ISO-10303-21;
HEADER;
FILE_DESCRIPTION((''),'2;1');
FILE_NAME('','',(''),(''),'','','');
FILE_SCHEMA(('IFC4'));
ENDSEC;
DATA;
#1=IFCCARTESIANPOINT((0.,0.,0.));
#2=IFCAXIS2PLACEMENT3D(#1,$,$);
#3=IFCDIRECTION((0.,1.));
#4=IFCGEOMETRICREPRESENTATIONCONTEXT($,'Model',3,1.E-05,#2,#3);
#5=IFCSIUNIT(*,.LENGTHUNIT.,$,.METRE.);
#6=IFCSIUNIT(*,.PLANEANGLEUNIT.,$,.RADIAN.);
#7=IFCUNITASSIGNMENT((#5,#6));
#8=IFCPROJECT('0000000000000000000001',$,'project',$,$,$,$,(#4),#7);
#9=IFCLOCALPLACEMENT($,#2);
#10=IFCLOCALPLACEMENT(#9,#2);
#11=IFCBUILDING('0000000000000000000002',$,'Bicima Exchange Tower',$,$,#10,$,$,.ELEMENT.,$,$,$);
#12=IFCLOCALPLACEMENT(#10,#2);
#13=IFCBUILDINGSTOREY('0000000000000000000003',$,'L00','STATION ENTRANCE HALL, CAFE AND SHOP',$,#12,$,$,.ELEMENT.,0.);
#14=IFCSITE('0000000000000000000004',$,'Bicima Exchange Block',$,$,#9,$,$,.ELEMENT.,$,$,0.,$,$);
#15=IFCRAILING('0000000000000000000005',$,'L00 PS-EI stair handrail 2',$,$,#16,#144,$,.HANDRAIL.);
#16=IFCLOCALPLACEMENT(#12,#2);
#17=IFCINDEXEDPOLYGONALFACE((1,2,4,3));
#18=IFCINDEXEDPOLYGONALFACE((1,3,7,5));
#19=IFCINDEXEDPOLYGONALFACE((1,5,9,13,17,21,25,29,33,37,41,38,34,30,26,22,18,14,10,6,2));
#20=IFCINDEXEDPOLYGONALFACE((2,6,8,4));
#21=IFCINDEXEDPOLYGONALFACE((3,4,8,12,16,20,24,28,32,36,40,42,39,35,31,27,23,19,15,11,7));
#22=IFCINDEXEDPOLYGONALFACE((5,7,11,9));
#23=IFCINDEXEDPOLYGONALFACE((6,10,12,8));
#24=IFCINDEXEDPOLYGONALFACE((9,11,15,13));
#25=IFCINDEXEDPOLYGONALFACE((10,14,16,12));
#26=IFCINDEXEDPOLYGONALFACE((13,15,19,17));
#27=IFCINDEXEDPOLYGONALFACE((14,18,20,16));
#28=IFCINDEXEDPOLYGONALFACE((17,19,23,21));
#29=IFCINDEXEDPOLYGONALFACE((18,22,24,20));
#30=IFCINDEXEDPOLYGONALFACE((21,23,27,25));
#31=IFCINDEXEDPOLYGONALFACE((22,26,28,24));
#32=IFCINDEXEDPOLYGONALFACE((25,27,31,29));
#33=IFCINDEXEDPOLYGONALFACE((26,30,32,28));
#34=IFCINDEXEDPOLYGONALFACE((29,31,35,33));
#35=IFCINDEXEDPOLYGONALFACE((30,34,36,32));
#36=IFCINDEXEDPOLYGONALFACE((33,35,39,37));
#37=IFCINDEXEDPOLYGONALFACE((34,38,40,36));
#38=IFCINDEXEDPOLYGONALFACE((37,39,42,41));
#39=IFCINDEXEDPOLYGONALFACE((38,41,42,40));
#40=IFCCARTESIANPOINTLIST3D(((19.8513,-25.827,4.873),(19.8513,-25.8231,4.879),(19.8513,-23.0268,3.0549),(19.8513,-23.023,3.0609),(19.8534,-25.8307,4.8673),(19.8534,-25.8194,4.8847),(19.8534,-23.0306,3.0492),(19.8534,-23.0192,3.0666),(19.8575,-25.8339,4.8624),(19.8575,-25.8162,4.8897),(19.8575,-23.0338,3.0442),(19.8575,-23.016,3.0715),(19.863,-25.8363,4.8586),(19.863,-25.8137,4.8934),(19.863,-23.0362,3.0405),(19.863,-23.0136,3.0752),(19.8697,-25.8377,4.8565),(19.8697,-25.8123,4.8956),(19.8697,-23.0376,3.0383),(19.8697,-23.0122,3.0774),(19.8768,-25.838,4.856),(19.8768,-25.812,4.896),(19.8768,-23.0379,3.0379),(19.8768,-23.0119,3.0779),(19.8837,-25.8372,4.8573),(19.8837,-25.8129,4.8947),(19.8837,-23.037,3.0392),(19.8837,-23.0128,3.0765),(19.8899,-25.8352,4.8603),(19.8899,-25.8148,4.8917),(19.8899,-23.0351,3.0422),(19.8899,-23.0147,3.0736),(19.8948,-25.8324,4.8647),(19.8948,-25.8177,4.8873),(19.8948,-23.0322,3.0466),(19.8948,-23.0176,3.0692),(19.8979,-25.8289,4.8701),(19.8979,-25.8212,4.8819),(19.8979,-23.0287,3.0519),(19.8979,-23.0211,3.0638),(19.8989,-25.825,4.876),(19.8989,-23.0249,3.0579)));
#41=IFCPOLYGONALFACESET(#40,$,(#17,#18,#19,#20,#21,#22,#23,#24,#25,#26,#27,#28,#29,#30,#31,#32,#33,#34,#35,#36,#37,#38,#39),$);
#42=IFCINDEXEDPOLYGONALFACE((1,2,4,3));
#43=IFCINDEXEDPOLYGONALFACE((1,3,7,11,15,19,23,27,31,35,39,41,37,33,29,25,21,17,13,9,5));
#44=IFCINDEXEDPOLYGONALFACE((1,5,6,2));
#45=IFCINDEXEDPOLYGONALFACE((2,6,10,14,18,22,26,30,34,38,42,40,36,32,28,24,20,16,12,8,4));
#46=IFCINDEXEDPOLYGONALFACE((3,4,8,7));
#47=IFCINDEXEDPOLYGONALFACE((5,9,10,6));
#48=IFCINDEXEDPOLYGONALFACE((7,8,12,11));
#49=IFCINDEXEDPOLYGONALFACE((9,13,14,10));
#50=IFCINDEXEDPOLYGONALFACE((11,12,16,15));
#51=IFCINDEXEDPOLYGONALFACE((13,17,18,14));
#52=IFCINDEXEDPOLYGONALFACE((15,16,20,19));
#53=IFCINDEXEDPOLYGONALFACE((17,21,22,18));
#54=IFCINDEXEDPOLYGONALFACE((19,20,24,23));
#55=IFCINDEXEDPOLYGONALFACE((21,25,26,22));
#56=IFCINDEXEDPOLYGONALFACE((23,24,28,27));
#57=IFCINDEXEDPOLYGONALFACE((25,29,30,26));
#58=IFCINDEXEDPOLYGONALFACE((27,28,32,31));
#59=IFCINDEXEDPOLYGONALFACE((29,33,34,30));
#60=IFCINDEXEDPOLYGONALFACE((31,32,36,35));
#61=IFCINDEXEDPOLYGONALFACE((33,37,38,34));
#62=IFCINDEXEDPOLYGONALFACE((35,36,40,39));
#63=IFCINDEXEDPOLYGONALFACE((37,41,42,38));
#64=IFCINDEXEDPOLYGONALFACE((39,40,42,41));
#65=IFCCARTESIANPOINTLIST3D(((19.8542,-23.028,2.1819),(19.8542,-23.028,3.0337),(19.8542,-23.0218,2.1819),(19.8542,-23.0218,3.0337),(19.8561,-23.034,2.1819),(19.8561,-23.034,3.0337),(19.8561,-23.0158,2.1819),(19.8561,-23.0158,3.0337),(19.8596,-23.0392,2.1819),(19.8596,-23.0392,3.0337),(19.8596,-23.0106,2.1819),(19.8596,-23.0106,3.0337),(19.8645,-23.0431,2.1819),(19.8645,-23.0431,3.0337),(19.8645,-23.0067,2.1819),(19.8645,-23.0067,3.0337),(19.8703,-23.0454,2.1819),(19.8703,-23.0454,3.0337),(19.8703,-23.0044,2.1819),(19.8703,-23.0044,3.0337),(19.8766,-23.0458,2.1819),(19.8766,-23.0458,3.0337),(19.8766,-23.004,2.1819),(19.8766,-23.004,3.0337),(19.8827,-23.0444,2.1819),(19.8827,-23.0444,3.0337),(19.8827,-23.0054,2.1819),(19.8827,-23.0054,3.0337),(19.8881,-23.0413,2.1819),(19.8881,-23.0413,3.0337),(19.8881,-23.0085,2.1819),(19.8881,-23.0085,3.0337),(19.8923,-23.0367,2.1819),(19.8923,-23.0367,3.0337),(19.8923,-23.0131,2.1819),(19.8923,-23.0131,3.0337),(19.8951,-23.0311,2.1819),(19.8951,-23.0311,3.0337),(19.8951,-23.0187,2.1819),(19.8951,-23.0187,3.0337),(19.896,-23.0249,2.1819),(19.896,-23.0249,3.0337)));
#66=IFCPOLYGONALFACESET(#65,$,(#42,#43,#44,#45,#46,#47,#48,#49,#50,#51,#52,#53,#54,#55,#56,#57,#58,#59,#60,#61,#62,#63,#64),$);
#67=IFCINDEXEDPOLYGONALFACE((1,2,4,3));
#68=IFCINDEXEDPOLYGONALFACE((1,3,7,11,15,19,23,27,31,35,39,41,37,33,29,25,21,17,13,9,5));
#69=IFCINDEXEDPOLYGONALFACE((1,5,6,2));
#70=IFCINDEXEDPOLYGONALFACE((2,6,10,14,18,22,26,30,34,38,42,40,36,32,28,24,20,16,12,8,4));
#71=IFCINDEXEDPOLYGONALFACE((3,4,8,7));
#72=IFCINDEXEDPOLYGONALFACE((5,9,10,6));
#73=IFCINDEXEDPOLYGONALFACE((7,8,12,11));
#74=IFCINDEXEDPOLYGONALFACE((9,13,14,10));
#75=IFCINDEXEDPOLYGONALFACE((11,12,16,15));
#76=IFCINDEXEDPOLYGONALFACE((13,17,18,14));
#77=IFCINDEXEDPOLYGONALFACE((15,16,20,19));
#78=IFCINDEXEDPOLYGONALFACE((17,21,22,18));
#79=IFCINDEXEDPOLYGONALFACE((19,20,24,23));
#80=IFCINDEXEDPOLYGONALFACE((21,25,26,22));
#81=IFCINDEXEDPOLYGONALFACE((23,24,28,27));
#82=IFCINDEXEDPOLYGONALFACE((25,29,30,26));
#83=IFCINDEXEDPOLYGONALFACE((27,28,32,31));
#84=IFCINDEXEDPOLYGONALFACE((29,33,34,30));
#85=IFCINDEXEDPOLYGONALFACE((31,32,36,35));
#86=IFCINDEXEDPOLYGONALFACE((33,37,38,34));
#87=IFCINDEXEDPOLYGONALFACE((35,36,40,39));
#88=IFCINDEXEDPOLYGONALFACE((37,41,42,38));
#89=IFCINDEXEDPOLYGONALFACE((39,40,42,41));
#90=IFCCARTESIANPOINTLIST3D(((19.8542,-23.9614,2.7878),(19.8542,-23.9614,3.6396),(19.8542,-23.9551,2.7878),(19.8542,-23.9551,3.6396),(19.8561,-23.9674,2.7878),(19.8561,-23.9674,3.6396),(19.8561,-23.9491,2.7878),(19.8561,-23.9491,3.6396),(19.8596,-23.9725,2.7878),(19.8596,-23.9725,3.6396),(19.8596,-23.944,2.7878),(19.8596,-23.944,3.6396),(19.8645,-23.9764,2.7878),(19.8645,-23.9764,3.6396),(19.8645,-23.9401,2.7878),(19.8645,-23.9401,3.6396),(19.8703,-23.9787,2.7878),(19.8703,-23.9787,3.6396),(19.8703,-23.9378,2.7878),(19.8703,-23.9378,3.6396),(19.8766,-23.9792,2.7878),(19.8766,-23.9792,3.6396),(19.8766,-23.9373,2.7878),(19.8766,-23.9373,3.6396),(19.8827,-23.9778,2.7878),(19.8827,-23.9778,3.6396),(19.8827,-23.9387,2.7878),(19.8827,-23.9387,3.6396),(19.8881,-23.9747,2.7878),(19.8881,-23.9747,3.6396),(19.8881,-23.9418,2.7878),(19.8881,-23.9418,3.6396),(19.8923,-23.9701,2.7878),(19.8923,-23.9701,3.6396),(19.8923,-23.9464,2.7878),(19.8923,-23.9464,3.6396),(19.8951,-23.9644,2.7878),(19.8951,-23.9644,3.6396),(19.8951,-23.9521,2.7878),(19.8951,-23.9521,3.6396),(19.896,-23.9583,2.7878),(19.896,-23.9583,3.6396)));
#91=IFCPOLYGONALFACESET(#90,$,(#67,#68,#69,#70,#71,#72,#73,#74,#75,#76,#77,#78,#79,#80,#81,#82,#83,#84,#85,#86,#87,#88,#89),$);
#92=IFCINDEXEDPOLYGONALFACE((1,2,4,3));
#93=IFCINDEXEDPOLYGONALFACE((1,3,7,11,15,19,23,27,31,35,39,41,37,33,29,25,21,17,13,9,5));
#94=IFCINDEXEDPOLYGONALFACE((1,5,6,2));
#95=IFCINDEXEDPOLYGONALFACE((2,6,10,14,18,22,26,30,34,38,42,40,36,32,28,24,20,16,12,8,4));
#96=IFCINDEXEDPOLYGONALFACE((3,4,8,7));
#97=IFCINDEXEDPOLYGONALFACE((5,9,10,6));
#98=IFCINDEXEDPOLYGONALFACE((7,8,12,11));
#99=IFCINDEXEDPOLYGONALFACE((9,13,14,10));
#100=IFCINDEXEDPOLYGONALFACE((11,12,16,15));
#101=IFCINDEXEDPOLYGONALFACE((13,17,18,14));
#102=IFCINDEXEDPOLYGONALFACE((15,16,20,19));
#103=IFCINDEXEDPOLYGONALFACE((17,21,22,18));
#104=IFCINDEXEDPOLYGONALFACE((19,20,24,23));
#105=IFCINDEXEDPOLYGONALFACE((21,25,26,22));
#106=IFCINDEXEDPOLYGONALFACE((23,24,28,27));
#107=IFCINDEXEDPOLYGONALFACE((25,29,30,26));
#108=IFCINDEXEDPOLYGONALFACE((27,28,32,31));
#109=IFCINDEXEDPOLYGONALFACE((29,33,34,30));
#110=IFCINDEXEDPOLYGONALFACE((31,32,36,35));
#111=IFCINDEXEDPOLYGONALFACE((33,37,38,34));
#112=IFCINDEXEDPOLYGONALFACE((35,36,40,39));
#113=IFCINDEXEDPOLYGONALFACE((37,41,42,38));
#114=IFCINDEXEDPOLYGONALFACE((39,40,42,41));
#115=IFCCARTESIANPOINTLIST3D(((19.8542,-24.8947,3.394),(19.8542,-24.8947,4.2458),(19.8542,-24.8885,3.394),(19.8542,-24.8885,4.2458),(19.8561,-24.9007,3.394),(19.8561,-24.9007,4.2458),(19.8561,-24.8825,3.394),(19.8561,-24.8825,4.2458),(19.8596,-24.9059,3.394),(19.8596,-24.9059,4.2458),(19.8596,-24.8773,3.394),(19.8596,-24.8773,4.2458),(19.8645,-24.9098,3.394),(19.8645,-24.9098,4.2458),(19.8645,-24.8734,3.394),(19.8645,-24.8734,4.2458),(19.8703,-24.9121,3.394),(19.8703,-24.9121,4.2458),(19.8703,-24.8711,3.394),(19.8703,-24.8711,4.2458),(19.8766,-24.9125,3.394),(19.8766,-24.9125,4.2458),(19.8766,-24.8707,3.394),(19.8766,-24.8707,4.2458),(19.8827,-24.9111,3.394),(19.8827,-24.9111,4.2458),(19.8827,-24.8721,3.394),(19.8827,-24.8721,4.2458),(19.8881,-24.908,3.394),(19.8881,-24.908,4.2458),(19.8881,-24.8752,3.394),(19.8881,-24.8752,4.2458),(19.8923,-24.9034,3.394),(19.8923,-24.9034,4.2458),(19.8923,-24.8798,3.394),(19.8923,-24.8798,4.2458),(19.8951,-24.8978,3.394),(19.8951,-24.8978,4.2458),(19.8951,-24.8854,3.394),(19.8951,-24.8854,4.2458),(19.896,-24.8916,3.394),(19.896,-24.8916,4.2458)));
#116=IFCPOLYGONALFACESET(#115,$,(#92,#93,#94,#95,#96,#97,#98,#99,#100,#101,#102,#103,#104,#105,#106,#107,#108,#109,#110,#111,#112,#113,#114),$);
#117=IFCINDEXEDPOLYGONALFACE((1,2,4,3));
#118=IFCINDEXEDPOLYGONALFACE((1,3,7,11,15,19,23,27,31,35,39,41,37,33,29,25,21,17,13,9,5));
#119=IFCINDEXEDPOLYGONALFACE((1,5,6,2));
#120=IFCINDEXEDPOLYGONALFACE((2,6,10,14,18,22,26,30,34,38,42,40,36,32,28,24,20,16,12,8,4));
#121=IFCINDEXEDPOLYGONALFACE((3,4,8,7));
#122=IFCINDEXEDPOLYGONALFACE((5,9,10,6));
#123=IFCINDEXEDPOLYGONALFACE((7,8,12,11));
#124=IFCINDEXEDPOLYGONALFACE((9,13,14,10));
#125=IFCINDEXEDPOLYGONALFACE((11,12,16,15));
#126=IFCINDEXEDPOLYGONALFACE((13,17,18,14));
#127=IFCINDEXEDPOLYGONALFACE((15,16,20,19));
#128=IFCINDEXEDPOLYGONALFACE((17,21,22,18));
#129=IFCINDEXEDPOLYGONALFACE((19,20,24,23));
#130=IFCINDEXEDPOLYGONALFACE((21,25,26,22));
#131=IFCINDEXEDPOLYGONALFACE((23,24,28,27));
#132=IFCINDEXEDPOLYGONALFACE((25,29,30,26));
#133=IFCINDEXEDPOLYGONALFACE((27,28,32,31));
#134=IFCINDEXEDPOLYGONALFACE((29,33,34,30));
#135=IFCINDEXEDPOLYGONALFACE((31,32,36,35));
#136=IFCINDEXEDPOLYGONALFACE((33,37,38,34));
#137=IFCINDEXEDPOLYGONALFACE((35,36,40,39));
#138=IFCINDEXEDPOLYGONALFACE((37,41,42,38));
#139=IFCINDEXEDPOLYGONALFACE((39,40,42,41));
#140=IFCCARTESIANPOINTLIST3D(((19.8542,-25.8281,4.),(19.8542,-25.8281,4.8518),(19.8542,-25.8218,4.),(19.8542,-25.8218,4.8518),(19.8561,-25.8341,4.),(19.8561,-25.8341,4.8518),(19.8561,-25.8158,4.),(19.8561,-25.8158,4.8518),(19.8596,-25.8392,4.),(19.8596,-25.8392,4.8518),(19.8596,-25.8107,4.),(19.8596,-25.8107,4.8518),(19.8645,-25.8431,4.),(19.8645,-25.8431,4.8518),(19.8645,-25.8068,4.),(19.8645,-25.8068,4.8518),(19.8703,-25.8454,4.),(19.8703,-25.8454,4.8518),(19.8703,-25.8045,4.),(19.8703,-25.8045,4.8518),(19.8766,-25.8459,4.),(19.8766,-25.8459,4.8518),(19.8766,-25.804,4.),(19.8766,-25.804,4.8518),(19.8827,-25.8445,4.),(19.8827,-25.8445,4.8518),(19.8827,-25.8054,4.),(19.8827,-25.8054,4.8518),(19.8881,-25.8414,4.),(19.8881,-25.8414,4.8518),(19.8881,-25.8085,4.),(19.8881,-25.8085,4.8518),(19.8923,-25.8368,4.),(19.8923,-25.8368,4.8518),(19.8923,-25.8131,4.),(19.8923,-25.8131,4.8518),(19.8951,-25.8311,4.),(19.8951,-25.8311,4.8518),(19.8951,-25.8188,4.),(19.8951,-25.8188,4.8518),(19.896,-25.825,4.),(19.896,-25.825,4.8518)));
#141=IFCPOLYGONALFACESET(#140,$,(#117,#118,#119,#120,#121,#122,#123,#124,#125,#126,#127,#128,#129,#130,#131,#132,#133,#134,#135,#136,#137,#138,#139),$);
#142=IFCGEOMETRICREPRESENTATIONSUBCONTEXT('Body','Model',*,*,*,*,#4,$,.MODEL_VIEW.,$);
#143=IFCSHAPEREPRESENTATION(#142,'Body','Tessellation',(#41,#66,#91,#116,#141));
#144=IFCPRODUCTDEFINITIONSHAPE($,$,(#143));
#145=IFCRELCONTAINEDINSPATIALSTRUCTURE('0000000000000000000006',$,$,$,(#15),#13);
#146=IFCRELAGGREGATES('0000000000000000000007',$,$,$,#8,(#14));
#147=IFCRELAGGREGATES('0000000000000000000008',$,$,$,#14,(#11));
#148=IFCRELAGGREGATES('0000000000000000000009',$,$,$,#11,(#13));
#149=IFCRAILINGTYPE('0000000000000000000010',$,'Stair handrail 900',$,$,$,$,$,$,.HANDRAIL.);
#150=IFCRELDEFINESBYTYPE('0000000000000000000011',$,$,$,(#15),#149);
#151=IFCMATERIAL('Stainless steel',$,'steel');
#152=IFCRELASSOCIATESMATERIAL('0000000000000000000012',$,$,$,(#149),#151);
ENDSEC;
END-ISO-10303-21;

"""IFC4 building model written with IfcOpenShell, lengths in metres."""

from ifc_helpers import new_model, si_unit, direction, frame, origin, origin_2d, place, context, subcontext, project, spatial, circle, extrude, material, type_object, element, save


model = new_model("IFC4")

# Units and contexts
model_context = context("Model", 3, precision=1e-05, world=origin(), true_north=direction((0.0, 1.0)))
body_context = subcontext(model_context, "Body", "Model", "MODEL_VIEW")
ifc_project = project(units=[si_unit("LENGTHUNIT", "METRE"), si_unit("PLANEANGLEUNIT", "RADIAN")], contexts=[model_context])

# Site, building, storey
site_placement = place(None, origin())
site = spatial("IfcSite", under=ifc_project, at=site_placement, Name="Bicima Exchange Block", CompositionType="ELEMENT", RefElevation=0.0)
building_placement = place(site_placement, origin())
building = spatial("IfcBuilding", under=site, at=building_placement, Name="Bicima Exchange Tower", CompositionType="ELEMENT")
storey_placement = place(building_placement, origin())
storey = spatial("IfcBuildingStorey", under=building, at=storey_placement, Name="L00", Description="STATION ENTRANCE HALL, CAFE AND SHOP", CompositionType="ELEMENT", Elevation=0.0)

# Railing
ifc_material_1 = material(Name="Stainless steel", Category="steel")
railing_type_1 = type_object("IfcRailingType", Name="Stair handrail 900", PredefinedType="HANDRAIL", material=ifc_material_1)
railing_1_placement = place(storey_placement, frame((19.875, -23.0249, 2.1819)))
element("IfcRailing", 1, at=railing_1_placement, inside=storey, type_object=railing_type_1, Name="L00 PS-EI stair handrail 2", PredefinedType="HANDRAIL", context=body_context, shape_type="SweptSolid", body=[
    extrude(circle(Radius=0.0239, at=origin_2d()), frame((0.0, 0.0, 0.876), z_axis=(0.0, -0.838706, 0.544585), x_axis=(1.0, 0.0, 0.0)), (0.0, 0.0, 1.0), 3.3386),
    extrude(circle(Radius=0.021, at=origin_2d()), origin(), (0.0, 0.0, 1.0), 0.8518),
    extrude(circle(Radius=0.021, at=origin_2d()), frame((0.0, -0.9333, 0.606)), (0.0, 0.0, 1.0), 0.8518),
    extrude(circle(Radius=0.021, at=origin_2d()), frame((0.0, -1.8667, 1.2122)), (0.0, 0.0, 1.0), 0.8518),
    extrude(circle(Radius=0.021, at=origin_2d()), frame((0.0, -2.8, 1.8181)), (0.0, 0.0, 1.0), 0.8518),
])

save(model, "model.ifc")
